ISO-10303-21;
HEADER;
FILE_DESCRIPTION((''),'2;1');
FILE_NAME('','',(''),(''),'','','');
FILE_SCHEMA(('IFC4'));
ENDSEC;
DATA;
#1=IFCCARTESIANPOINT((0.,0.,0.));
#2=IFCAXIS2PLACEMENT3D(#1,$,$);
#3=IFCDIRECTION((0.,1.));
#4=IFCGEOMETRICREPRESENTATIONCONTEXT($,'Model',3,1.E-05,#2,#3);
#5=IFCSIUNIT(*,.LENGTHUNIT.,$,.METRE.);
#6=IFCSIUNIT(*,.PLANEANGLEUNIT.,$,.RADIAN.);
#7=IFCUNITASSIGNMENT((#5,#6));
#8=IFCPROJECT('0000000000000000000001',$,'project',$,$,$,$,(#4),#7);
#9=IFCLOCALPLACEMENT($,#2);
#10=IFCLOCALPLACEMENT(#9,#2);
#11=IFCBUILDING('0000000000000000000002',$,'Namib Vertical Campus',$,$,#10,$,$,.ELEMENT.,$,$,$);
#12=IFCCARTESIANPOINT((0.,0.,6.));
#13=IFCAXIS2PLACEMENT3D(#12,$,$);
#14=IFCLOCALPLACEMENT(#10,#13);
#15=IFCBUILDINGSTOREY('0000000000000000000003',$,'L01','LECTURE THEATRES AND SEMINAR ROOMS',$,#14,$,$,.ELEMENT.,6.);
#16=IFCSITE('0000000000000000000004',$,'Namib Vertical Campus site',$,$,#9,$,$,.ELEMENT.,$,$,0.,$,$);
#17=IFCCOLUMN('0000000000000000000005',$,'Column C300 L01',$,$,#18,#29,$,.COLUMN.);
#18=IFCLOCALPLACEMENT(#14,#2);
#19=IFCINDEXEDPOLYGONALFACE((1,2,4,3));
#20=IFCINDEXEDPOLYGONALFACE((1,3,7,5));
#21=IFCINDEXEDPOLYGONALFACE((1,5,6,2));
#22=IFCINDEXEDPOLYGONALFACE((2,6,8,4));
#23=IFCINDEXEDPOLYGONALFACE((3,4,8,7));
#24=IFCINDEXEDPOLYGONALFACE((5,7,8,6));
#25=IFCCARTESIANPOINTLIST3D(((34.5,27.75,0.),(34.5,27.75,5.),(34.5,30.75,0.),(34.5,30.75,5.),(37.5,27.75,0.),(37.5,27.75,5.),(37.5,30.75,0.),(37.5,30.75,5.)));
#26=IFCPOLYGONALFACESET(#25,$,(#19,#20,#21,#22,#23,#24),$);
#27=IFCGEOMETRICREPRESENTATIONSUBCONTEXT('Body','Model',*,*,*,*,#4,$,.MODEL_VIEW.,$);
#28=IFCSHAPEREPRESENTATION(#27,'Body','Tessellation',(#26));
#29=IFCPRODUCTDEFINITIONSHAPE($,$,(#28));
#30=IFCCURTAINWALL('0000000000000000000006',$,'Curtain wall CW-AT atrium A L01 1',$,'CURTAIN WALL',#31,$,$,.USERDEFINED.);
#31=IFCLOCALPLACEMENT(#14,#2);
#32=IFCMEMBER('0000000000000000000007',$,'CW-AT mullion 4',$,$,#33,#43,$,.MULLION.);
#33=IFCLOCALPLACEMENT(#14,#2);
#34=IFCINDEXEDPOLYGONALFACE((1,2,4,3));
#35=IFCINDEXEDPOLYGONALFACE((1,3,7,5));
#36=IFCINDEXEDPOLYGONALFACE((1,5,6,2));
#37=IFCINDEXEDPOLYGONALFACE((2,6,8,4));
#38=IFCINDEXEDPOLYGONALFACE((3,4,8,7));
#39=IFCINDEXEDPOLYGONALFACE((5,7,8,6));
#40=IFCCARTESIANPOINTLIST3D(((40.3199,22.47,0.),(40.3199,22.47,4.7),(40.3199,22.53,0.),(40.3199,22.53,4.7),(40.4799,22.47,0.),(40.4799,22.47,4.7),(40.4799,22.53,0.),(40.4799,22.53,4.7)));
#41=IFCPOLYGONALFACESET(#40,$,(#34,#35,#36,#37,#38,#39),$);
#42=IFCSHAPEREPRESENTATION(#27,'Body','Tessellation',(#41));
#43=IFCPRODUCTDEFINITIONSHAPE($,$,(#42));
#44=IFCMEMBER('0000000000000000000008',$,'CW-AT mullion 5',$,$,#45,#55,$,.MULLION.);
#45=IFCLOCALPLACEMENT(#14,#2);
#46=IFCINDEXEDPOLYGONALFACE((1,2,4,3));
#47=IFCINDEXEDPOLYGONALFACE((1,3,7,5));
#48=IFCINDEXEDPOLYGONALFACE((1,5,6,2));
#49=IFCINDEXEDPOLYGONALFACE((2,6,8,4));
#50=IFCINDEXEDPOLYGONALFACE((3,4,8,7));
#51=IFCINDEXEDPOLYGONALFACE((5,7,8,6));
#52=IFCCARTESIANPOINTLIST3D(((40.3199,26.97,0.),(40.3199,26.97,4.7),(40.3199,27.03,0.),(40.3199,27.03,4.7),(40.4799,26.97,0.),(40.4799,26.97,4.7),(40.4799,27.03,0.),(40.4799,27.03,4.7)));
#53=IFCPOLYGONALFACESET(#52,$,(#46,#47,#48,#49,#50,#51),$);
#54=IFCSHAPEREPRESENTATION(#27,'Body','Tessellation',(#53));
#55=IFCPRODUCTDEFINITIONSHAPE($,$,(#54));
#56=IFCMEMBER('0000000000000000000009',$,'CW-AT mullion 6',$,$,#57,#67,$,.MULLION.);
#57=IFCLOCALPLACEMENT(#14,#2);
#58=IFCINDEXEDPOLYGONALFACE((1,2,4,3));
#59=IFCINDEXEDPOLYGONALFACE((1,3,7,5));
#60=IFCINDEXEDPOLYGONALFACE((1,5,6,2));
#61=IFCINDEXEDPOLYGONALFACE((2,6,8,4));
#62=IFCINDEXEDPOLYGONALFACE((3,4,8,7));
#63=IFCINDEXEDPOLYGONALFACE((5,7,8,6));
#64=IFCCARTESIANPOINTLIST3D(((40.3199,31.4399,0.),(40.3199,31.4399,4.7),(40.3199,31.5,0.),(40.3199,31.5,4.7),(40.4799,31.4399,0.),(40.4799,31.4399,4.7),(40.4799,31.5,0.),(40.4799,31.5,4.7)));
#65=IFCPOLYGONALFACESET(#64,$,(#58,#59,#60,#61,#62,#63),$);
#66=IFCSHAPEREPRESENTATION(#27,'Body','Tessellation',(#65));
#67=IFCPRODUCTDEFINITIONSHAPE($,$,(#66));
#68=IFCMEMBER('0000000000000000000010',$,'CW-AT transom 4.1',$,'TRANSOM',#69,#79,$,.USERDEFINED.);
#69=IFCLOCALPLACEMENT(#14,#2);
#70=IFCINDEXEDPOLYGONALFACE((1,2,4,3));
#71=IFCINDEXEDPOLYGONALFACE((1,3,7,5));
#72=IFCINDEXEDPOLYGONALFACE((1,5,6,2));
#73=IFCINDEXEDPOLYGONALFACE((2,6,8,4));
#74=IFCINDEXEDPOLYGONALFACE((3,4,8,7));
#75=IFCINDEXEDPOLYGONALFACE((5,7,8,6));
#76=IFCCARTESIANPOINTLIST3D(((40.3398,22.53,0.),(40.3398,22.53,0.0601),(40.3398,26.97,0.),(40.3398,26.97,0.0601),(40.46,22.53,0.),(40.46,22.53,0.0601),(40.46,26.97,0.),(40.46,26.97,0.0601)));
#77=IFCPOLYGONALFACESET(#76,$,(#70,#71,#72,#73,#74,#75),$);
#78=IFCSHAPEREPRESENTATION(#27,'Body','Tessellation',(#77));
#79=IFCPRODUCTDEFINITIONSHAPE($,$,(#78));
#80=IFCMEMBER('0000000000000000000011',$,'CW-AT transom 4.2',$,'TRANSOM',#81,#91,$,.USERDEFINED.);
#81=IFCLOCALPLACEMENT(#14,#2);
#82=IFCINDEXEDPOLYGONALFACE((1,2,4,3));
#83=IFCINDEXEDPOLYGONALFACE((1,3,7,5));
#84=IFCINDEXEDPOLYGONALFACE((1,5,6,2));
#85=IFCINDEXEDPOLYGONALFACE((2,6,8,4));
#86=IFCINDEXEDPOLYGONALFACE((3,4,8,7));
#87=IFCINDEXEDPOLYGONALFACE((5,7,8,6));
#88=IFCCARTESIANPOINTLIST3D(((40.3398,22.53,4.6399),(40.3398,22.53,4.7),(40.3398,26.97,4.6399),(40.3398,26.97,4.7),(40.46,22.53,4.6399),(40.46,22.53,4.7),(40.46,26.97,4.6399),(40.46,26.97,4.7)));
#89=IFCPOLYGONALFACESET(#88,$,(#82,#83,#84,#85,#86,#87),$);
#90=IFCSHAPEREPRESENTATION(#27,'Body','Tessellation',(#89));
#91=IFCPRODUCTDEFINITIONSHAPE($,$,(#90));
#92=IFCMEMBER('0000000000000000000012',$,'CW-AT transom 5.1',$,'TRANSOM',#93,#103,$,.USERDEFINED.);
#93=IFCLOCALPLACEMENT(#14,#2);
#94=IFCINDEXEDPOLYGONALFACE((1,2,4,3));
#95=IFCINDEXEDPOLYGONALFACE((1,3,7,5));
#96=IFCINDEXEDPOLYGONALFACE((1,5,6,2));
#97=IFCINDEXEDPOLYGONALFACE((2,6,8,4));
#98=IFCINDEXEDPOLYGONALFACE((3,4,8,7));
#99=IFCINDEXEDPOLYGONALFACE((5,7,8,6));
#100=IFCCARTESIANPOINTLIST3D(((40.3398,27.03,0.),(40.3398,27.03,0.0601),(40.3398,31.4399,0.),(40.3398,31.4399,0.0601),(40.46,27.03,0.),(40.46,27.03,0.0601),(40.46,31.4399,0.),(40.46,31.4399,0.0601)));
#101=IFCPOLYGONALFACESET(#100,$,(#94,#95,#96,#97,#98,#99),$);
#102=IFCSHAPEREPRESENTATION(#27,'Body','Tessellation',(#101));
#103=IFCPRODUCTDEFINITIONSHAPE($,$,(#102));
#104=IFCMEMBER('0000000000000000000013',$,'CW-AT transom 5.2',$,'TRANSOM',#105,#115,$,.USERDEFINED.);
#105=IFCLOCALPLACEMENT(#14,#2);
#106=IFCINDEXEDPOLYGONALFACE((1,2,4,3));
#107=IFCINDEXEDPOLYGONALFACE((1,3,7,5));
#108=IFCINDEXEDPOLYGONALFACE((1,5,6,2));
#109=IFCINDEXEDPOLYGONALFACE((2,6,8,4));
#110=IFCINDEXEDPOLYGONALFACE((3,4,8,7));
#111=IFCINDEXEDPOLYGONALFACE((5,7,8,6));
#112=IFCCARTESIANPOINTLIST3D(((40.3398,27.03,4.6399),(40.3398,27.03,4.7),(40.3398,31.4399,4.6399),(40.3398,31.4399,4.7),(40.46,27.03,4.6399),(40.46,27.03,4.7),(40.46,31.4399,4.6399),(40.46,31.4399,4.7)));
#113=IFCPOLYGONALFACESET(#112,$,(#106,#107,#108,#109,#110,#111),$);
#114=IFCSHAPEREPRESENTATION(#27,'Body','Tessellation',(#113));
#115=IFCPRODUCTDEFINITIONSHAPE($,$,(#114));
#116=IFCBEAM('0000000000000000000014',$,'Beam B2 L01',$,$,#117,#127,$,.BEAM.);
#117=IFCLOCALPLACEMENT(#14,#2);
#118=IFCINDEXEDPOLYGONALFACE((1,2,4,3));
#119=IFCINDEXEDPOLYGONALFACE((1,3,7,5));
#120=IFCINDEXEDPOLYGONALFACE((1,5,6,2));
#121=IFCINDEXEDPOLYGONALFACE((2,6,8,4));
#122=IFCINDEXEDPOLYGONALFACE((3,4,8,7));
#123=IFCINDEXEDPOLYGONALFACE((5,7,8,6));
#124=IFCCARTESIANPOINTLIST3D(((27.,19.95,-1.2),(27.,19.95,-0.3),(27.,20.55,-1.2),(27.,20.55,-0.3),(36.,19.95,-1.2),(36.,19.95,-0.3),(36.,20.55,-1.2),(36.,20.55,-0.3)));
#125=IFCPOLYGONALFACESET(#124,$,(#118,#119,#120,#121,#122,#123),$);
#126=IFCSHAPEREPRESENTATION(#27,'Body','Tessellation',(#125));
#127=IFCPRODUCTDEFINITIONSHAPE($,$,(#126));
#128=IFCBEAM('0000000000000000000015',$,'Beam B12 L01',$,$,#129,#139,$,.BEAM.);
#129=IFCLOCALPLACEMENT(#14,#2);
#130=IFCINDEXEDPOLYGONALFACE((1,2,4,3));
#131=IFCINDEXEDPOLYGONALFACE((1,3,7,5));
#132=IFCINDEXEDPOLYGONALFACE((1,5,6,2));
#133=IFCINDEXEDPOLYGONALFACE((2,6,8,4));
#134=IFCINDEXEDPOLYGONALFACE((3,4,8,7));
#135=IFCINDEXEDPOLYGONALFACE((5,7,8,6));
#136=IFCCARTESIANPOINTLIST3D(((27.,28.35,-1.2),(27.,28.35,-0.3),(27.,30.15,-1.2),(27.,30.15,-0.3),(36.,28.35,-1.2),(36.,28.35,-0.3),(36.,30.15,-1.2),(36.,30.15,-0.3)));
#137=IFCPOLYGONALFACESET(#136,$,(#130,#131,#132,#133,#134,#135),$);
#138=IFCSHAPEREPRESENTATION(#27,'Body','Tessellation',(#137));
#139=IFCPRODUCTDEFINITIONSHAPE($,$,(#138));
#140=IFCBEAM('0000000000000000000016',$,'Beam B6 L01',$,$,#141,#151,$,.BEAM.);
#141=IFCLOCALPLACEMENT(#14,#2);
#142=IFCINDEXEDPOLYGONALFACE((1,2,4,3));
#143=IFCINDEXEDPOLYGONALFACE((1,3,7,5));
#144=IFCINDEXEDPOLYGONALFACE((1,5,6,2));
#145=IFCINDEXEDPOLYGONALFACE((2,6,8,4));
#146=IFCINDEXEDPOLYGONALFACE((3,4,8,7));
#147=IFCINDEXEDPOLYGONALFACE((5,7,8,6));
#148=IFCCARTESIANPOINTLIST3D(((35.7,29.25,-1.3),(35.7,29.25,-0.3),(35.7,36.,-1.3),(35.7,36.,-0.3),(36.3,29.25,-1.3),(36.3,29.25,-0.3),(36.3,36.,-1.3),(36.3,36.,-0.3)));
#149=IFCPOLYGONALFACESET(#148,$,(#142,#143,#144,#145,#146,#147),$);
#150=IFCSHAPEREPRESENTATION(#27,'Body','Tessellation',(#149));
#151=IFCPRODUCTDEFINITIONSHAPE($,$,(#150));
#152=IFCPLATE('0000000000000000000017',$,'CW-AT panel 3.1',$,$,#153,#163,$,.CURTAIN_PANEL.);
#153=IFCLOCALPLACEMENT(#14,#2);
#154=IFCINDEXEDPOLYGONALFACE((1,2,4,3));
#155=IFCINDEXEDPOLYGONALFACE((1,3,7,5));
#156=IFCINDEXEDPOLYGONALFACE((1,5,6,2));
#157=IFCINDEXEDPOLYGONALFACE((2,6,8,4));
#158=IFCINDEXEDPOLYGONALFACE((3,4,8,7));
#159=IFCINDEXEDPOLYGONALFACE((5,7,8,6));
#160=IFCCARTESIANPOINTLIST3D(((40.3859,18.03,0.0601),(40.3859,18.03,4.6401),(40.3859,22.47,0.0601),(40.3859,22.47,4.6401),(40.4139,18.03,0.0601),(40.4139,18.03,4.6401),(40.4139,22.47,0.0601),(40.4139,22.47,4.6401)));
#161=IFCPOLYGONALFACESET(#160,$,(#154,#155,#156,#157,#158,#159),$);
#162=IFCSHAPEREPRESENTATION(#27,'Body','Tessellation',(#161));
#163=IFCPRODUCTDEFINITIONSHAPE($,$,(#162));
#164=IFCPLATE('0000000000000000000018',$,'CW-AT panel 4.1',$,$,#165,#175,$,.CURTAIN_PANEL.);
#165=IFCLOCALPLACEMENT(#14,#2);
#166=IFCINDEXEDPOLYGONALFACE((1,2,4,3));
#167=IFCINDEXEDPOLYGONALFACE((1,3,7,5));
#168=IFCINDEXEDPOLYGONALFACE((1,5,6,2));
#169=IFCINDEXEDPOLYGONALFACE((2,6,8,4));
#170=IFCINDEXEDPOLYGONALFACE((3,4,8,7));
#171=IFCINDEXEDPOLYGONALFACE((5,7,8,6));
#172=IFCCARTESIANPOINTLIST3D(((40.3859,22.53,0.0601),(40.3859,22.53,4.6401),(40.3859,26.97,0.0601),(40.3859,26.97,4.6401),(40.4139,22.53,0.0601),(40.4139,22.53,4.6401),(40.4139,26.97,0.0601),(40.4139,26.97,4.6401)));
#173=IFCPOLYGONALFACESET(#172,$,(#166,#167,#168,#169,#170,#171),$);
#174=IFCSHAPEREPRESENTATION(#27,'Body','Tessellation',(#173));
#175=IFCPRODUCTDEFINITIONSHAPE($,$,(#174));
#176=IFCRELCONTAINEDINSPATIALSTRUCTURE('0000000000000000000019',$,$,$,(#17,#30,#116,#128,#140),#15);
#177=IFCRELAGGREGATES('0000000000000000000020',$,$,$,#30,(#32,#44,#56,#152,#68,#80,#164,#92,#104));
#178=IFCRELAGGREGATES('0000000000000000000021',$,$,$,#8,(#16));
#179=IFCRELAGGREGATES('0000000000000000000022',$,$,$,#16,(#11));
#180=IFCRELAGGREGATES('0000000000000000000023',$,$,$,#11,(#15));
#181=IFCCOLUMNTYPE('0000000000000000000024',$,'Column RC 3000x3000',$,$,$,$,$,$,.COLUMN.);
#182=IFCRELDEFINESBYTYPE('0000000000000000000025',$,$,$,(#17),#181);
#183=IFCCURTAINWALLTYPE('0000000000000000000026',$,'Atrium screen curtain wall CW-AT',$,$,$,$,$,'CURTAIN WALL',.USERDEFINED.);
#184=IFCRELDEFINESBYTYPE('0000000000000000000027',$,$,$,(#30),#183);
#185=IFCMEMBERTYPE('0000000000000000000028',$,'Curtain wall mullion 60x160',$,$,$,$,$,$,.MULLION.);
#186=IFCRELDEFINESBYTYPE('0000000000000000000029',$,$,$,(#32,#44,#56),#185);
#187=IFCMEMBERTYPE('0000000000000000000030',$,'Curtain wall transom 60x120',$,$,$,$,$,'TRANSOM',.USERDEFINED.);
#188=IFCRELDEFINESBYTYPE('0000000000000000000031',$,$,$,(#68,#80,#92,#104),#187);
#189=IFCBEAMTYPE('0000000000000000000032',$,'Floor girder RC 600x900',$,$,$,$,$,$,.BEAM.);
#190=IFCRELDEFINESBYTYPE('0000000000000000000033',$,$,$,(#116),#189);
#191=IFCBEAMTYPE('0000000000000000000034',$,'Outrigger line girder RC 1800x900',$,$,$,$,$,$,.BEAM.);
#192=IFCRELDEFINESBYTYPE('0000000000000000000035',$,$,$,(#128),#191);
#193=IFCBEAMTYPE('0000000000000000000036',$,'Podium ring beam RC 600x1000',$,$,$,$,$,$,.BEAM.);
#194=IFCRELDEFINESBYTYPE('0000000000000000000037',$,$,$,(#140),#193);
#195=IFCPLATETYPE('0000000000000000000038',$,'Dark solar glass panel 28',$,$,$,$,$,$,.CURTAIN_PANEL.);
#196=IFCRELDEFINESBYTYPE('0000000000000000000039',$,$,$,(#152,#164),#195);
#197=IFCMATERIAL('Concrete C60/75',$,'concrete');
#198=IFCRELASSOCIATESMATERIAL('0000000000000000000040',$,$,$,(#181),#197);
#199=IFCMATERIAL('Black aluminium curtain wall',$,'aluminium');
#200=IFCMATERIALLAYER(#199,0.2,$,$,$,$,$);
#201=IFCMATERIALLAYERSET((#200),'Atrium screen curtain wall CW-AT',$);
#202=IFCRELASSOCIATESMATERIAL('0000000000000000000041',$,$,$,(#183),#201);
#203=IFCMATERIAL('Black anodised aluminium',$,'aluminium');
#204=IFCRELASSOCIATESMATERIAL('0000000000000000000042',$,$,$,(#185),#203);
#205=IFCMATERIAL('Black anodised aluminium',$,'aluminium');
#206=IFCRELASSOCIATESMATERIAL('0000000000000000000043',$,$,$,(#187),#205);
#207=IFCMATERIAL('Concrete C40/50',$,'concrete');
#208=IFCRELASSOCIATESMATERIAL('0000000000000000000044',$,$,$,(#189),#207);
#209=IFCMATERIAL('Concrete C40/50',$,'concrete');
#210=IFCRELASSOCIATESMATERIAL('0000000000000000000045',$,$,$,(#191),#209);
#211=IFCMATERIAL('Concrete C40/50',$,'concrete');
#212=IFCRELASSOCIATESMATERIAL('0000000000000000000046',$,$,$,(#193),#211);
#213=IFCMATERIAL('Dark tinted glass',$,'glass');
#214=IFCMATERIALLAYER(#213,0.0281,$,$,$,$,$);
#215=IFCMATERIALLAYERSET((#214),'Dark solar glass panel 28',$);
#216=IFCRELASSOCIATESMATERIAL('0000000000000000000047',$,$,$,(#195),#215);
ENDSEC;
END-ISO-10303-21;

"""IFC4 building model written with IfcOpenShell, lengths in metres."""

from ifc_helpers import new_model, si_unit, direction, frame, origin, origin_2d, place, context, subcontext, project, spatial, rectangle, extrude, material, layer, layer_set, material_profile, profile_set, type_object, element, aggregate, save


model = new_model("IFC4")

# Units and contexts
model_context = context("Model", 3, precision=1e-05, world=origin(), true_north=direction((0.0, 1.0)))
body_context = subcontext(model_context, "Body", "Model", "MODEL_VIEW")
ifc_project = project(units=[si_unit("LENGTHUNIT", "METRE"), si_unit("PLANEANGLEUNIT", "RADIAN")], contexts=[model_context])

# Site, building, storey
site_placement = place(None, origin())
site = spatial("IfcSite", under=ifc_project, at=site_placement, Name="Namib Vertical Campus site", CompositionType="ELEMENT", RefElevation=0.0)
building_placement = place(site_placement, origin())
building = spatial("IfcBuilding", under=site, at=building_placement, Name="Namib Vertical Campus", CompositionType="ELEMENT")
storey_placement = place(building_placement, frame((0.0, 0.0, 6.0)))
storey = spatial("IfcBuildingStorey", under=building, at=storey_placement, Name="L01", Description="LECTURE THEATRES AND SEMINAR ROOMS", CompositionType="ELEMENT", Elevation=6.0)

# Column
ifc_material_1 = material(Name="Concrete C60/75", Category="concrete")
ifc_material_profile_1 = material_profile(ifc_material_1, rectangle(XDim=3.0, YDim=3.0, at=origin_2d()))
ifc_profile_set_1 = profile_set([ifc_material_profile_1], Name="Concrete C60/75")
column_type = type_object("IfcColumnType", Name="Column RC 3000x3000", PredefinedType="COLUMN", material=ifc_profile_set_1)
column_placement = place(storey_placement, frame((36.0, 29.25, 0.0), z_axis=(0.0, 0.0, 1.0), x_axis=(1.0, 0.0, 0.0)))
element("IfcColumn", 1, at=column_placement, inside=storey, type_object=column_type, Name="Column C300 L01", PredefinedType="COLUMN", context=body_context, shape_type="SweptSolid", body=[
    extrude(rectangle(XDim=3.0, YDim=3.0, at=origin_2d()), origin(), (0.0, 0.0, 1.0), 5.0),
])

# Curtain wall, members
ifc_material_2 = material(Name="Black aluminium curtain wall", Category="aluminium")
ifc_layer_1 = layer(ifc_material_2, 0.2)
ifc_layer_set_1 = layer_set([ifc_layer_1], Name="Atrium screen curtain wall CW-AT")
curtain_wall_type = type_object("IfcCurtainWallType", Name="Atrium screen curtain wall CW-AT", ElementType="CURTAIN WALL", PredefinedType="USERDEFINED", material=ifc_layer_set_1)
curtain_wall_placement = place(storey_placement, origin())
curtain_wall = element("IfcCurtainWall", 2, at=curtain_wall_placement, inside=storey, type_object=curtain_wall_type, Name="Curtain wall CW-AT atrium A L01 1", ObjectType="CURTAIN WALL", PredefinedType="USERDEFINED")
ifc_material_3 = material(Name="Black anodised aluminium", Category="aluminium")
ifc_material_profile_2 = material_profile(ifc_material_3, rectangle(XDim=0.0601, YDim=0.1599, at=origin_2d()))
ifc_profile_set_2 = profile_set([ifc_material_profile_2], Name="Black anodised aluminium")
member_type_1 = type_object("IfcMemberType", Name="Curtain wall mullion 60x160", PredefinedType="MULLION", material=ifc_profile_set_2)
member_1_placement = place(storey_placement, frame((40.3999, 22.5, 0.0), z_axis=(0.0, 0.0, 1.0), x_axis=(0.0, 1.0, 0.0)))
member_1 = element("IfcMember", 3, at=member_1_placement, type_object=member_type_1, Name="CW-AT mullion 4", PredefinedType="MULLION", context=body_context, shape_type="SweptSolid", body=[
    extrude(rectangle(XDim=0.0601, YDim=0.1599, at=origin_2d()), origin(), (0.0, 0.0, 1.0), 4.7),
])
member_2_placement = place(storey_placement, frame((40.3999, 27.0, 0.0), z_axis=(0.0, 0.0, 1.0), x_axis=(0.0, 1.0, 0.0)))
member_2 = element("IfcMember", 4, at=member_2_placement, type_object=member_type_1, Name="CW-AT mullion 5", PredefinedType="MULLION", context=body_context, shape_type="SweptSolid", body=[
    extrude(rectangle(XDim=0.0601, YDim=0.1599, at=origin_2d()), origin(), (0.0, 0.0, 1.0), 4.7),
])
member_3_placement = place(storey_placement, frame((40.3999, 31.47, 0.0), z_axis=(0.0, 0.0, 1.0), x_axis=(0.0, 1.0, 0.0)))
member_3 = element("IfcMember", 5, at=member_3_placement, type_object=member_type_1, Name="CW-AT mullion 6", PredefinedType="MULLION", context=body_context, shape_type="SweptSolid", body=[
    extrude(rectangle(XDim=0.0601, YDim=0.1599, at=origin_2d()), origin(), (0.0, 0.0, 1.0), 4.7),
])
ifc_material_4 = material(Name="Black anodised aluminium", Category="aluminium")
ifc_material_profile_3 = material_profile(ifc_material_4, rectangle(XDim=0.0601, YDim=0.1201, at=origin_2d()))
ifc_profile_set_3 = profile_set([ifc_material_profile_3], Name="Black anodised aluminium")
member_type_2 = type_object("IfcMemberType", Name="Curtain wall transom 60x120", ElementType="TRANSOM", PredefinedType="USERDEFINED", material=ifc_profile_set_3)
member_4_placement = place(storey_placement, frame((40.3999, 22.53, 0.03), z_axis=(0.0, 1.0, 0.0), x_axis=(0.0, 0.0, 1.0)))
member_4 = element("IfcMember", 6, at=member_4_placement, type_object=member_type_2, Name="CW-AT transom 4.1", ObjectType="TRANSOM", PredefinedType="USERDEFINED", context=body_context, shape_type="SweptSolid", body=[
    extrude(rectangle(XDim=0.0601, YDim=0.1201, at=origin_2d()), origin(), (0.0, 0.0, 1.0), 4.4399),
])
member_5_placement = place(storey_placement, frame((40.3999, 22.53, 4.6699), z_axis=(0.0, 1.0, 0.0), x_axis=(0.0, 0.0, 1.0)))
member_5 = element("IfcMember", 7, at=member_5_placement, type_object=member_type_2, Name="CW-AT transom 4.2", ObjectType="TRANSOM", PredefinedType="USERDEFINED", context=body_context, shape_type="SweptSolid", body=[
    extrude(rectangle(XDim=0.0601, YDim=0.1201, at=origin_2d()), origin(), (0.0, 0.0, 1.0), 4.4399),
])
member_6_placement = place(storey_placement, frame((40.3999, 27.03, 0.03), z_axis=(0.0, 1.0, 0.0), x_axis=(0.0, 0.0, 1.0)))
member_6 = element("IfcMember", 8, at=member_6_placement, type_object=member_type_2, Name="CW-AT transom 5.1", ObjectType="TRANSOM", PredefinedType="USERDEFINED", context=body_context, shape_type="SweptSolid", body=[
    extrude(rectangle(XDim=0.0601, YDim=0.1201, at=origin_2d()), origin(), (0.0, 0.0, 1.0), 4.4099),
])
member_7_placement = place(storey_placement, frame((40.3999, 27.03, 4.6699), z_axis=(0.0, 1.0, 0.0), x_axis=(0.0, 0.0, 1.0)))
member_7 = element("IfcMember", 9, at=member_7_placement, type_object=member_type_2, Name="CW-AT transom 5.2", ObjectType="TRANSOM", PredefinedType="USERDEFINED", context=body_context, shape_type="SweptSolid", body=[
    extrude(rectangle(XDim=0.0601, YDim=0.1201, at=origin_2d()), origin(), (0.0, 0.0, 1.0), 4.4099),
])

# Beams
ifc_material_5 = material(Name="Concrete C40/50", Category="concrete")
ifc_material_profile_4 = material_profile(ifc_material_5, rectangle(XDim=0.6001, YDim=0.8999, at=origin_2d()))
ifc_profile_set_4 = profile_set([ifc_material_profile_4], Name="Concrete C40/50")
beam_type_1 = type_object("IfcBeamType", Name="Floor girder RC 600x900", PredefinedType="BEAM", material=ifc_profile_set_4)
beam_1_placement = place(storey_placement, frame((36.0, 20.25, -0.75), z_axis=(-1.0, 0.0, 0.0), x_axis=(0.0, -1.0, 0.0)))
element("IfcBeam", 10, at=beam_1_placement, inside=storey, type_object=beam_type_1, Name="Beam B2 L01", PredefinedType="BEAM", context=body_context, shape_type="SweptSolid", body=[
    extrude(rectangle(XDim=0.6001, YDim=0.8999, at=origin_2d()), origin(), (0.0, 0.0, 1.0), 9.0),
])
ifc_material_6 = material(Name="Concrete C40/50", Category="concrete")
ifc_material_profile_5 = material_profile(ifc_material_6, rectangle(XDim=1.8, YDim=0.8999, at=origin_2d()))
ifc_profile_set_5 = profile_set([ifc_material_profile_5], Name="Concrete C40/50")
beam_type_2 = type_object("IfcBeamType", Name="Outrigger line girder RC 1800x900", PredefinedType="BEAM", material=ifc_profile_set_5)
beam_2_placement = place(storey_placement, frame((36.0, 29.25, -0.75), z_axis=(-1.0, 0.0, 0.0), x_axis=(0.0, -1.0, 0.0)))
element("IfcBeam", 11, at=beam_2_placement, inside=storey, type_object=beam_type_2, Name="Beam B12 L01", PredefinedType="BEAM", context=body_context, shape_type="SweptSolid", body=[
    extrude(rectangle(XDim=1.8, YDim=0.8999, at=origin_2d()), origin(), (0.0, 0.0, 1.0), 9.0),
])
ifc_material_7 = material(Name="Concrete C40/50", Category="concrete")
ifc_material_profile_6 = material_profile(ifc_material_7, rectangle(XDim=0.6001, YDim=1.0, at=origin_2d()))
ifc_profile_set_6 = profile_set([ifc_material_profile_6], Name="Concrete C40/50")
beam_type_3 = type_object("IfcBeamType", Name="Podium ring beam RC 600x1000", PredefinedType="BEAM", material=ifc_profile_set_6)
beam_3_placement = place(storey_placement, frame((36.0, 29.25, -0.8), z_axis=(0.0, 1.0, 0.0), x_axis=(-1.0, 0.0, 0.0)))
element("IfcBeam", 12, at=beam_3_placement, inside=storey, type_object=beam_type_3, Name="Beam B6 L01", PredefinedType="BEAM", context=body_context, shape_type="SweptSolid", body=[
    extrude(rectangle(XDim=0.6001, YDim=1.0, at=origin_2d()), origin(), (0.0, 0.0, 1.0), 6.75),
])

# Plates
ifc_material_8 = material(Name="Dark tinted glass", Category="glass")
ifc_layer_2 = layer(ifc_material_8, 0.0281)
ifc_layer_set_2 = layer_set([ifc_layer_2], Name="Dark solar glass panel 28")
plate_type = type_object("IfcPlateType", Name="Dark solar glass panel 28", PredefinedType="CURTAIN_PANEL", material=ifc_layer_set_2)
plate_1_placement = place(storey_placement, frame((40.3999, 20.25, 0.0601), z_axis=(0.0, 0.0, 1.0), x_axis=(0.0, 1.0, 0.0)))
plate_1 = element("IfcPlate", 13, at=plate_1_placement, type_object=plate_type, Name="CW-AT panel 3.1", PredefinedType="CURTAIN_PANEL", context=body_context, shape_type="SweptSolid", body=[
    extrude(rectangle(XDim=4.4399, YDim=0.0281, at=origin_2d()), origin(), (0.0, 0.0, 1.0), 4.5801),
])
plate_2_placement = place(storey_placement, frame((40.3999, 24.75, 0.0601), z_axis=(0.0, 0.0, 1.0), x_axis=(0.0, 1.0, 0.0)))
plate_2 = element("IfcPlate", 14, at=plate_2_placement, type_object=plate_type, Name="CW-AT panel 4.1", PredefinedType="CURTAIN_PANEL", context=body_context, shape_type="SweptSolid", body=[
    extrude(rectangle(XDim=4.4399, YDim=0.0281, at=origin_2d()), origin(), (0.0, 0.0, 1.0), 4.5801),
])
aggregate(curtain_wall, [member_1, member_2, member_3, plate_1, member_4, member_5, plate_2, member_6, member_7])

save(model, "model.ifc")
